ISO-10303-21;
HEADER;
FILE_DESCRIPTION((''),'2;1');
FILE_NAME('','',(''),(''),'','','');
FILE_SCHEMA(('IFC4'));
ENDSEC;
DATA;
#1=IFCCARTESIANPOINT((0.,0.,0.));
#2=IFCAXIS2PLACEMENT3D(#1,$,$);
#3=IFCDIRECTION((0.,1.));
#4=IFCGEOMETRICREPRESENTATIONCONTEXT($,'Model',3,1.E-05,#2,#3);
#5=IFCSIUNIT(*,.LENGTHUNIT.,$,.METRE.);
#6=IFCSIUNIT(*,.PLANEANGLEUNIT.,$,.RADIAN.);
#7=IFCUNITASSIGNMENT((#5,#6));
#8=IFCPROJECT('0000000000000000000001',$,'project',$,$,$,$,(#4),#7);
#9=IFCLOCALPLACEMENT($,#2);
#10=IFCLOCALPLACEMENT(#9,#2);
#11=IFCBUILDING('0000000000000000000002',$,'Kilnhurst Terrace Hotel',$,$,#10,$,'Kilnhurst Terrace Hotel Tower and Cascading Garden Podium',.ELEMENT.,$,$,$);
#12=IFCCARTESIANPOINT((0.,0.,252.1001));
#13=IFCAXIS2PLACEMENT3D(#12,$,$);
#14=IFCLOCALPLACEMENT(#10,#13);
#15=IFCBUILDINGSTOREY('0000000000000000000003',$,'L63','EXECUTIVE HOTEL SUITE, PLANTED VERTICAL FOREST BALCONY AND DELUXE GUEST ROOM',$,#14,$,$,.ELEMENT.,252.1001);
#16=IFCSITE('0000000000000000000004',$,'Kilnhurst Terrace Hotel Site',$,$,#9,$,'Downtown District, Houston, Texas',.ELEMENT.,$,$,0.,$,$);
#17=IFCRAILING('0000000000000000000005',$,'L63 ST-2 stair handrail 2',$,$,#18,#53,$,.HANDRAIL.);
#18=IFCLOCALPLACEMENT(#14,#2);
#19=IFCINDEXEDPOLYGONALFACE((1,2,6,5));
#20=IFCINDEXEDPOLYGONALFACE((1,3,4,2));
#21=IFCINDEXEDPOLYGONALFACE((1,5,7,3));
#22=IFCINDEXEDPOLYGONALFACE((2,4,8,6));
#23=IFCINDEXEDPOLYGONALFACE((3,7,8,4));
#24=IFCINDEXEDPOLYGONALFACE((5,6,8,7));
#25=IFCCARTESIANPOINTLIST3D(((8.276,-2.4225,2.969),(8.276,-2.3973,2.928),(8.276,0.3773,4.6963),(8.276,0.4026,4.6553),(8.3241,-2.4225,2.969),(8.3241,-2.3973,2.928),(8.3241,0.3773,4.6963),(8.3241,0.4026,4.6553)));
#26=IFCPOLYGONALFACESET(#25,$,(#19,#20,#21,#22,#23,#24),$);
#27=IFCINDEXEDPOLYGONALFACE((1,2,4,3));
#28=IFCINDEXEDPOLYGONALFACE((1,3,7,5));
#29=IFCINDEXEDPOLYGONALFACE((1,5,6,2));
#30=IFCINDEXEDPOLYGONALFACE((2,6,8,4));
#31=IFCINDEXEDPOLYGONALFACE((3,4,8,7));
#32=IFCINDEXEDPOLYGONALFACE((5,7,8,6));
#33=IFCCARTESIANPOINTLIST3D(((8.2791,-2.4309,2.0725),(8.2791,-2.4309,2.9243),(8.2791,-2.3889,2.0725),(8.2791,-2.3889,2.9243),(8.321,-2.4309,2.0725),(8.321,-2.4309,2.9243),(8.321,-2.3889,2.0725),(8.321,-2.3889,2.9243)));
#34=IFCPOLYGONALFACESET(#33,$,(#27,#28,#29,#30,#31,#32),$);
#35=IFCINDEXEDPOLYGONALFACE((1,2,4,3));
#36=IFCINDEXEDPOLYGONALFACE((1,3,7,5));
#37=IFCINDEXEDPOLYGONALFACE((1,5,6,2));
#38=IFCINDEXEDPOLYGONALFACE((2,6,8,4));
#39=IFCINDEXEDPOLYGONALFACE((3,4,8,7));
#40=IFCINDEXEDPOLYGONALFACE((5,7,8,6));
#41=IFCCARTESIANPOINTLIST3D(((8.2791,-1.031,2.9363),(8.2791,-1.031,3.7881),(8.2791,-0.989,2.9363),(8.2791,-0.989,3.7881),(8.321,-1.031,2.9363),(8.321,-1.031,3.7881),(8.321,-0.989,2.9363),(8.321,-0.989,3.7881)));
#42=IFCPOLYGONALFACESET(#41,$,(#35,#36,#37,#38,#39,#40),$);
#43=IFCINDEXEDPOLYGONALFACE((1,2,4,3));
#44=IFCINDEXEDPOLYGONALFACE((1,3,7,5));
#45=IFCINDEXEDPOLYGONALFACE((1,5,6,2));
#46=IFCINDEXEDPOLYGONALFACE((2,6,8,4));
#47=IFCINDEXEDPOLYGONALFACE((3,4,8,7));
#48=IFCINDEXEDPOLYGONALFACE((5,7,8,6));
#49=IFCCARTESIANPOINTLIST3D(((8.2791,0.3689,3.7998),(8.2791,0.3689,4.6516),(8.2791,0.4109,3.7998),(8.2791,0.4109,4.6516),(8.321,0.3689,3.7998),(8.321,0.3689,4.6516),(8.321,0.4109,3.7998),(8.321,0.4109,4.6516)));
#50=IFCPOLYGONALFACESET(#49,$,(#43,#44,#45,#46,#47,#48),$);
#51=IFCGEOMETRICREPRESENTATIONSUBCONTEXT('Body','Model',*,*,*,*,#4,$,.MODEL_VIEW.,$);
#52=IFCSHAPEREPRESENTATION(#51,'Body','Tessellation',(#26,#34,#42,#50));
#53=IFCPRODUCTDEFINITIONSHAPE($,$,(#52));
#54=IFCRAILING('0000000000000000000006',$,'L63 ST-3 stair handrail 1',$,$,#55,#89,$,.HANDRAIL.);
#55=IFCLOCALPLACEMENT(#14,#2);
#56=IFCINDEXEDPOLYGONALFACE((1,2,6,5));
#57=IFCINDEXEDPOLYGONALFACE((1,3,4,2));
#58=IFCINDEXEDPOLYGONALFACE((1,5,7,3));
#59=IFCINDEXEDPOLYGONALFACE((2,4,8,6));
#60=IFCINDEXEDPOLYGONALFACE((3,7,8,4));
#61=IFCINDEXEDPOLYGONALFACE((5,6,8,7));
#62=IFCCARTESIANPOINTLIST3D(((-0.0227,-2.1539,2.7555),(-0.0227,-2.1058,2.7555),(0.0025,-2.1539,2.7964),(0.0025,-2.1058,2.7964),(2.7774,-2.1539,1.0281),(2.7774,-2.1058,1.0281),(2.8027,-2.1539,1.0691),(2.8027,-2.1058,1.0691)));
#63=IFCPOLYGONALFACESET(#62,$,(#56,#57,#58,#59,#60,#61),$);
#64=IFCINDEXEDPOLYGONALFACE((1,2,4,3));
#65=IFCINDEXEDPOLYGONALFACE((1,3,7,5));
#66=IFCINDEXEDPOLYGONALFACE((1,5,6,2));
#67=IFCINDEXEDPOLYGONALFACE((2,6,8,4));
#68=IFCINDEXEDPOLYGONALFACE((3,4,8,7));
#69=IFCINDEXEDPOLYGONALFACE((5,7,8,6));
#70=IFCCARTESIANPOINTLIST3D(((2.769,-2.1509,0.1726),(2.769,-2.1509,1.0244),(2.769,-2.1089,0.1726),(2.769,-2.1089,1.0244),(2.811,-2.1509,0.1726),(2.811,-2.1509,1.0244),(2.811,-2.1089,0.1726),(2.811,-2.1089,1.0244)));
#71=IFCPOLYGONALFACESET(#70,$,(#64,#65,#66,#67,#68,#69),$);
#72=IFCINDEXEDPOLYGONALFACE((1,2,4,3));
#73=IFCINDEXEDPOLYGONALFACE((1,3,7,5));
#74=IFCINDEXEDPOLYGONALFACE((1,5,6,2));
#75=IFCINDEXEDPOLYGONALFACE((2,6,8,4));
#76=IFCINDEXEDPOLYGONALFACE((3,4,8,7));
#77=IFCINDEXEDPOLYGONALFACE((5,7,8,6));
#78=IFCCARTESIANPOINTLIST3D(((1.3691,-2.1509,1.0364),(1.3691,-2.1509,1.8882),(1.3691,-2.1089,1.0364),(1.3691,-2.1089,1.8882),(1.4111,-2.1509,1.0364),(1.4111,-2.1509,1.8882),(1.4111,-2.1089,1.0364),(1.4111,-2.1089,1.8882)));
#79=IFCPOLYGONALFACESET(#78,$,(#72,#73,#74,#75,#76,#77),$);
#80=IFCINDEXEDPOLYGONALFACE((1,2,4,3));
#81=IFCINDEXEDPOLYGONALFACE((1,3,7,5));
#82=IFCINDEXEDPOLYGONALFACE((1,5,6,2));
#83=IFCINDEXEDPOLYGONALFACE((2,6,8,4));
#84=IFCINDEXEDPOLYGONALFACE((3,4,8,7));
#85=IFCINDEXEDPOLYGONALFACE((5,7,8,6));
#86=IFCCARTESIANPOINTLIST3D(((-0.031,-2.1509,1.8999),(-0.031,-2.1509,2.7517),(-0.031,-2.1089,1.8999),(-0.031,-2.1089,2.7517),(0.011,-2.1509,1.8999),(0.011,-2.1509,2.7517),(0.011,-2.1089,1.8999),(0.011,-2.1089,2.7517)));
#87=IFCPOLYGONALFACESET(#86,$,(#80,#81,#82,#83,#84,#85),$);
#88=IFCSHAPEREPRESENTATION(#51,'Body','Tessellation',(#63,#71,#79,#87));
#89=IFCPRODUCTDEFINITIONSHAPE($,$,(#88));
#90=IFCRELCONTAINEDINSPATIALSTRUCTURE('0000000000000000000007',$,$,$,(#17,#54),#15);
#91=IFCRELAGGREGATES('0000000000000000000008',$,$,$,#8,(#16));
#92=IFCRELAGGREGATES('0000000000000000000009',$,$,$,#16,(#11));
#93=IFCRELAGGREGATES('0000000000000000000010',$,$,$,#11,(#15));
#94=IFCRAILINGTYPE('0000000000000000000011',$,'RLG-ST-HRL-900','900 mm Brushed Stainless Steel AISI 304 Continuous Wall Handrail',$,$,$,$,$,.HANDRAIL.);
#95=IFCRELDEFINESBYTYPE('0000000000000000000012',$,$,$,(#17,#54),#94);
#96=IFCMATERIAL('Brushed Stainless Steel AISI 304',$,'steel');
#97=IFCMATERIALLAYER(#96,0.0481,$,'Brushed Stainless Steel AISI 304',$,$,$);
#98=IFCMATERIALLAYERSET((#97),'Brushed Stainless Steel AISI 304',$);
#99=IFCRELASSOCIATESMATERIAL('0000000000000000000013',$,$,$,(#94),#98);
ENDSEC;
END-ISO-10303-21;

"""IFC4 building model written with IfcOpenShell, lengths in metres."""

from ifc_helpers import new_model, si_unit, direction, frame, origin, origin_2d, place, context, subcontext, project, spatial, rectangle, extrude, material, layer, layer_set, type_object, element, save


model = new_model("IFC4")

# Units and contexts
model_context = context("Model", 3, precision=1e-05, world=origin(), true_north=direction((0.0, 1.0)))
body_context = subcontext(model_context, "Body", "Model", "MODEL_VIEW")
ifc_project = project(units=[si_unit("LENGTHUNIT", "METRE"), si_unit("PLANEANGLEUNIT", "RADIAN")], contexts=[model_context])

# Site, building, storey
site_placement = place(None, origin())
site = spatial("IfcSite", under=ifc_project, at=site_placement, Name="Kilnhurst Terrace Hotel Site", LongName="Downtown District, Houston, Texas", CompositionType="ELEMENT", RefElevation=0.0)
building_placement = place(site_placement, origin())
building = spatial("IfcBuilding", under=site, at=building_placement, Name="Kilnhurst Terrace Hotel", LongName="Kilnhurst Terrace Hotel Tower and Cascading Garden Podium", CompositionType="ELEMENT")
storey_placement = place(building_placement, frame((0.0, 0.0, 252.1001)))
storey = spatial("IfcBuildingStorey", under=building, at=storey_placement, Name="L63", Description="EXECUTIVE HOTEL SUITE, PLANTED VERTICAL FOREST BALCONY AND DELUXE GUEST ROOM", CompositionType="ELEMENT", Elevation=252.1001)

# Railings
ifc_material_1 = material(Name="Brushed Stainless Steel AISI 304", Category="steel")
ifc_layer_1 = layer(ifc_material_1, 0.0481, Name="Brushed Stainless Steel AISI 304")
ifc_layer_set_1 = layer_set([ifc_layer_1], Name="Brushed Stainless Steel AISI 304")
railing_type_1 = type_object("IfcRailingType", Name="RLG-ST-HRL-900", Description="900 mm Brushed Stainless Steel AISI 304 Continuous Wall Handrail", PredefinedType="HANDRAIL", material=ifc_layer_set_1)
railing_1_placement = place(storey_placement, frame((8.3, -2.4099, 2.0725)))
element("IfcRailing", 1, at=railing_1_placement, inside=storey, type_object=railing_type_1, Name="L63 ST-2 stair handrail 2", PredefinedType="HANDRAIL", context=body_context, shape_type="SweptSolid", body=[
    extrude(rectangle(XDim=0.0481, YDim=0.0481, at=origin_2d()), frame((0.0, 0.0, 0.876), z_axis=(0.0, 0.851069, 0.525054), x_axis=(-1.0, 0.0, 0.0)), (0.0, 0.0, 1.0), 3.2898),
    extrude(rectangle(XDim=0.042, YDim=0.042, at=origin_2d()), origin(), (0.0, 0.0, 1.0), 0.8518),
    extrude(rectangle(XDim=0.042, YDim=0.042, at=origin_2d()), frame((0.0, 1.3999, 0.8638)), (0.0, 0.0, 1.0), 0.8518),
    extrude(rectangle(XDim=0.042, YDim=0.042, at=origin_2d()), frame((0.0, 2.7998, 1.7273)), (0.0, 0.0, 1.0), 0.8518),
])
railing_2_placement = place(storey_placement, frame((2.79, -2.1299, 0.1726)))
element("IfcRailing", 2, at=railing_2_placement, inside=storey, type_object=railing_type_1, Name="L63 ST-3 stair handrail 1", PredefinedType="HANDRAIL", context=body_context, shape_type="SweptSolid", body=[
    extrude(rectangle(XDim=0.0481, YDim=0.0481, at=origin_2d()), frame((0.0, 0.0, 0.876), z_axis=(-0.85109, 0.0, 0.52502), x_axis=(0.0, -1.0, 0.0)), (0.0, 0.0, 1.0), 3.29),
    extrude(rectangle(XDim=0.042, YDim=0.042, at=origin_2d()), origin(), (0.0, 0.0, 1.0), 0.8518),
    extrude(rectangle(XDim=0.042, YDim=0.042, at=origin_2d()), frame((-1.3999, 0.0, 0.8638)), (0.0, 0.0, 1.0), 0.8518),
    extrude(rectangle(XDim=0.042, YDim=0.042, at=origin_2d()), frame((-2.8, 0.0, 1.7273)), (0.0, 0.0, 1.0), 0.8518),
])

save(model, "model.ifc")
